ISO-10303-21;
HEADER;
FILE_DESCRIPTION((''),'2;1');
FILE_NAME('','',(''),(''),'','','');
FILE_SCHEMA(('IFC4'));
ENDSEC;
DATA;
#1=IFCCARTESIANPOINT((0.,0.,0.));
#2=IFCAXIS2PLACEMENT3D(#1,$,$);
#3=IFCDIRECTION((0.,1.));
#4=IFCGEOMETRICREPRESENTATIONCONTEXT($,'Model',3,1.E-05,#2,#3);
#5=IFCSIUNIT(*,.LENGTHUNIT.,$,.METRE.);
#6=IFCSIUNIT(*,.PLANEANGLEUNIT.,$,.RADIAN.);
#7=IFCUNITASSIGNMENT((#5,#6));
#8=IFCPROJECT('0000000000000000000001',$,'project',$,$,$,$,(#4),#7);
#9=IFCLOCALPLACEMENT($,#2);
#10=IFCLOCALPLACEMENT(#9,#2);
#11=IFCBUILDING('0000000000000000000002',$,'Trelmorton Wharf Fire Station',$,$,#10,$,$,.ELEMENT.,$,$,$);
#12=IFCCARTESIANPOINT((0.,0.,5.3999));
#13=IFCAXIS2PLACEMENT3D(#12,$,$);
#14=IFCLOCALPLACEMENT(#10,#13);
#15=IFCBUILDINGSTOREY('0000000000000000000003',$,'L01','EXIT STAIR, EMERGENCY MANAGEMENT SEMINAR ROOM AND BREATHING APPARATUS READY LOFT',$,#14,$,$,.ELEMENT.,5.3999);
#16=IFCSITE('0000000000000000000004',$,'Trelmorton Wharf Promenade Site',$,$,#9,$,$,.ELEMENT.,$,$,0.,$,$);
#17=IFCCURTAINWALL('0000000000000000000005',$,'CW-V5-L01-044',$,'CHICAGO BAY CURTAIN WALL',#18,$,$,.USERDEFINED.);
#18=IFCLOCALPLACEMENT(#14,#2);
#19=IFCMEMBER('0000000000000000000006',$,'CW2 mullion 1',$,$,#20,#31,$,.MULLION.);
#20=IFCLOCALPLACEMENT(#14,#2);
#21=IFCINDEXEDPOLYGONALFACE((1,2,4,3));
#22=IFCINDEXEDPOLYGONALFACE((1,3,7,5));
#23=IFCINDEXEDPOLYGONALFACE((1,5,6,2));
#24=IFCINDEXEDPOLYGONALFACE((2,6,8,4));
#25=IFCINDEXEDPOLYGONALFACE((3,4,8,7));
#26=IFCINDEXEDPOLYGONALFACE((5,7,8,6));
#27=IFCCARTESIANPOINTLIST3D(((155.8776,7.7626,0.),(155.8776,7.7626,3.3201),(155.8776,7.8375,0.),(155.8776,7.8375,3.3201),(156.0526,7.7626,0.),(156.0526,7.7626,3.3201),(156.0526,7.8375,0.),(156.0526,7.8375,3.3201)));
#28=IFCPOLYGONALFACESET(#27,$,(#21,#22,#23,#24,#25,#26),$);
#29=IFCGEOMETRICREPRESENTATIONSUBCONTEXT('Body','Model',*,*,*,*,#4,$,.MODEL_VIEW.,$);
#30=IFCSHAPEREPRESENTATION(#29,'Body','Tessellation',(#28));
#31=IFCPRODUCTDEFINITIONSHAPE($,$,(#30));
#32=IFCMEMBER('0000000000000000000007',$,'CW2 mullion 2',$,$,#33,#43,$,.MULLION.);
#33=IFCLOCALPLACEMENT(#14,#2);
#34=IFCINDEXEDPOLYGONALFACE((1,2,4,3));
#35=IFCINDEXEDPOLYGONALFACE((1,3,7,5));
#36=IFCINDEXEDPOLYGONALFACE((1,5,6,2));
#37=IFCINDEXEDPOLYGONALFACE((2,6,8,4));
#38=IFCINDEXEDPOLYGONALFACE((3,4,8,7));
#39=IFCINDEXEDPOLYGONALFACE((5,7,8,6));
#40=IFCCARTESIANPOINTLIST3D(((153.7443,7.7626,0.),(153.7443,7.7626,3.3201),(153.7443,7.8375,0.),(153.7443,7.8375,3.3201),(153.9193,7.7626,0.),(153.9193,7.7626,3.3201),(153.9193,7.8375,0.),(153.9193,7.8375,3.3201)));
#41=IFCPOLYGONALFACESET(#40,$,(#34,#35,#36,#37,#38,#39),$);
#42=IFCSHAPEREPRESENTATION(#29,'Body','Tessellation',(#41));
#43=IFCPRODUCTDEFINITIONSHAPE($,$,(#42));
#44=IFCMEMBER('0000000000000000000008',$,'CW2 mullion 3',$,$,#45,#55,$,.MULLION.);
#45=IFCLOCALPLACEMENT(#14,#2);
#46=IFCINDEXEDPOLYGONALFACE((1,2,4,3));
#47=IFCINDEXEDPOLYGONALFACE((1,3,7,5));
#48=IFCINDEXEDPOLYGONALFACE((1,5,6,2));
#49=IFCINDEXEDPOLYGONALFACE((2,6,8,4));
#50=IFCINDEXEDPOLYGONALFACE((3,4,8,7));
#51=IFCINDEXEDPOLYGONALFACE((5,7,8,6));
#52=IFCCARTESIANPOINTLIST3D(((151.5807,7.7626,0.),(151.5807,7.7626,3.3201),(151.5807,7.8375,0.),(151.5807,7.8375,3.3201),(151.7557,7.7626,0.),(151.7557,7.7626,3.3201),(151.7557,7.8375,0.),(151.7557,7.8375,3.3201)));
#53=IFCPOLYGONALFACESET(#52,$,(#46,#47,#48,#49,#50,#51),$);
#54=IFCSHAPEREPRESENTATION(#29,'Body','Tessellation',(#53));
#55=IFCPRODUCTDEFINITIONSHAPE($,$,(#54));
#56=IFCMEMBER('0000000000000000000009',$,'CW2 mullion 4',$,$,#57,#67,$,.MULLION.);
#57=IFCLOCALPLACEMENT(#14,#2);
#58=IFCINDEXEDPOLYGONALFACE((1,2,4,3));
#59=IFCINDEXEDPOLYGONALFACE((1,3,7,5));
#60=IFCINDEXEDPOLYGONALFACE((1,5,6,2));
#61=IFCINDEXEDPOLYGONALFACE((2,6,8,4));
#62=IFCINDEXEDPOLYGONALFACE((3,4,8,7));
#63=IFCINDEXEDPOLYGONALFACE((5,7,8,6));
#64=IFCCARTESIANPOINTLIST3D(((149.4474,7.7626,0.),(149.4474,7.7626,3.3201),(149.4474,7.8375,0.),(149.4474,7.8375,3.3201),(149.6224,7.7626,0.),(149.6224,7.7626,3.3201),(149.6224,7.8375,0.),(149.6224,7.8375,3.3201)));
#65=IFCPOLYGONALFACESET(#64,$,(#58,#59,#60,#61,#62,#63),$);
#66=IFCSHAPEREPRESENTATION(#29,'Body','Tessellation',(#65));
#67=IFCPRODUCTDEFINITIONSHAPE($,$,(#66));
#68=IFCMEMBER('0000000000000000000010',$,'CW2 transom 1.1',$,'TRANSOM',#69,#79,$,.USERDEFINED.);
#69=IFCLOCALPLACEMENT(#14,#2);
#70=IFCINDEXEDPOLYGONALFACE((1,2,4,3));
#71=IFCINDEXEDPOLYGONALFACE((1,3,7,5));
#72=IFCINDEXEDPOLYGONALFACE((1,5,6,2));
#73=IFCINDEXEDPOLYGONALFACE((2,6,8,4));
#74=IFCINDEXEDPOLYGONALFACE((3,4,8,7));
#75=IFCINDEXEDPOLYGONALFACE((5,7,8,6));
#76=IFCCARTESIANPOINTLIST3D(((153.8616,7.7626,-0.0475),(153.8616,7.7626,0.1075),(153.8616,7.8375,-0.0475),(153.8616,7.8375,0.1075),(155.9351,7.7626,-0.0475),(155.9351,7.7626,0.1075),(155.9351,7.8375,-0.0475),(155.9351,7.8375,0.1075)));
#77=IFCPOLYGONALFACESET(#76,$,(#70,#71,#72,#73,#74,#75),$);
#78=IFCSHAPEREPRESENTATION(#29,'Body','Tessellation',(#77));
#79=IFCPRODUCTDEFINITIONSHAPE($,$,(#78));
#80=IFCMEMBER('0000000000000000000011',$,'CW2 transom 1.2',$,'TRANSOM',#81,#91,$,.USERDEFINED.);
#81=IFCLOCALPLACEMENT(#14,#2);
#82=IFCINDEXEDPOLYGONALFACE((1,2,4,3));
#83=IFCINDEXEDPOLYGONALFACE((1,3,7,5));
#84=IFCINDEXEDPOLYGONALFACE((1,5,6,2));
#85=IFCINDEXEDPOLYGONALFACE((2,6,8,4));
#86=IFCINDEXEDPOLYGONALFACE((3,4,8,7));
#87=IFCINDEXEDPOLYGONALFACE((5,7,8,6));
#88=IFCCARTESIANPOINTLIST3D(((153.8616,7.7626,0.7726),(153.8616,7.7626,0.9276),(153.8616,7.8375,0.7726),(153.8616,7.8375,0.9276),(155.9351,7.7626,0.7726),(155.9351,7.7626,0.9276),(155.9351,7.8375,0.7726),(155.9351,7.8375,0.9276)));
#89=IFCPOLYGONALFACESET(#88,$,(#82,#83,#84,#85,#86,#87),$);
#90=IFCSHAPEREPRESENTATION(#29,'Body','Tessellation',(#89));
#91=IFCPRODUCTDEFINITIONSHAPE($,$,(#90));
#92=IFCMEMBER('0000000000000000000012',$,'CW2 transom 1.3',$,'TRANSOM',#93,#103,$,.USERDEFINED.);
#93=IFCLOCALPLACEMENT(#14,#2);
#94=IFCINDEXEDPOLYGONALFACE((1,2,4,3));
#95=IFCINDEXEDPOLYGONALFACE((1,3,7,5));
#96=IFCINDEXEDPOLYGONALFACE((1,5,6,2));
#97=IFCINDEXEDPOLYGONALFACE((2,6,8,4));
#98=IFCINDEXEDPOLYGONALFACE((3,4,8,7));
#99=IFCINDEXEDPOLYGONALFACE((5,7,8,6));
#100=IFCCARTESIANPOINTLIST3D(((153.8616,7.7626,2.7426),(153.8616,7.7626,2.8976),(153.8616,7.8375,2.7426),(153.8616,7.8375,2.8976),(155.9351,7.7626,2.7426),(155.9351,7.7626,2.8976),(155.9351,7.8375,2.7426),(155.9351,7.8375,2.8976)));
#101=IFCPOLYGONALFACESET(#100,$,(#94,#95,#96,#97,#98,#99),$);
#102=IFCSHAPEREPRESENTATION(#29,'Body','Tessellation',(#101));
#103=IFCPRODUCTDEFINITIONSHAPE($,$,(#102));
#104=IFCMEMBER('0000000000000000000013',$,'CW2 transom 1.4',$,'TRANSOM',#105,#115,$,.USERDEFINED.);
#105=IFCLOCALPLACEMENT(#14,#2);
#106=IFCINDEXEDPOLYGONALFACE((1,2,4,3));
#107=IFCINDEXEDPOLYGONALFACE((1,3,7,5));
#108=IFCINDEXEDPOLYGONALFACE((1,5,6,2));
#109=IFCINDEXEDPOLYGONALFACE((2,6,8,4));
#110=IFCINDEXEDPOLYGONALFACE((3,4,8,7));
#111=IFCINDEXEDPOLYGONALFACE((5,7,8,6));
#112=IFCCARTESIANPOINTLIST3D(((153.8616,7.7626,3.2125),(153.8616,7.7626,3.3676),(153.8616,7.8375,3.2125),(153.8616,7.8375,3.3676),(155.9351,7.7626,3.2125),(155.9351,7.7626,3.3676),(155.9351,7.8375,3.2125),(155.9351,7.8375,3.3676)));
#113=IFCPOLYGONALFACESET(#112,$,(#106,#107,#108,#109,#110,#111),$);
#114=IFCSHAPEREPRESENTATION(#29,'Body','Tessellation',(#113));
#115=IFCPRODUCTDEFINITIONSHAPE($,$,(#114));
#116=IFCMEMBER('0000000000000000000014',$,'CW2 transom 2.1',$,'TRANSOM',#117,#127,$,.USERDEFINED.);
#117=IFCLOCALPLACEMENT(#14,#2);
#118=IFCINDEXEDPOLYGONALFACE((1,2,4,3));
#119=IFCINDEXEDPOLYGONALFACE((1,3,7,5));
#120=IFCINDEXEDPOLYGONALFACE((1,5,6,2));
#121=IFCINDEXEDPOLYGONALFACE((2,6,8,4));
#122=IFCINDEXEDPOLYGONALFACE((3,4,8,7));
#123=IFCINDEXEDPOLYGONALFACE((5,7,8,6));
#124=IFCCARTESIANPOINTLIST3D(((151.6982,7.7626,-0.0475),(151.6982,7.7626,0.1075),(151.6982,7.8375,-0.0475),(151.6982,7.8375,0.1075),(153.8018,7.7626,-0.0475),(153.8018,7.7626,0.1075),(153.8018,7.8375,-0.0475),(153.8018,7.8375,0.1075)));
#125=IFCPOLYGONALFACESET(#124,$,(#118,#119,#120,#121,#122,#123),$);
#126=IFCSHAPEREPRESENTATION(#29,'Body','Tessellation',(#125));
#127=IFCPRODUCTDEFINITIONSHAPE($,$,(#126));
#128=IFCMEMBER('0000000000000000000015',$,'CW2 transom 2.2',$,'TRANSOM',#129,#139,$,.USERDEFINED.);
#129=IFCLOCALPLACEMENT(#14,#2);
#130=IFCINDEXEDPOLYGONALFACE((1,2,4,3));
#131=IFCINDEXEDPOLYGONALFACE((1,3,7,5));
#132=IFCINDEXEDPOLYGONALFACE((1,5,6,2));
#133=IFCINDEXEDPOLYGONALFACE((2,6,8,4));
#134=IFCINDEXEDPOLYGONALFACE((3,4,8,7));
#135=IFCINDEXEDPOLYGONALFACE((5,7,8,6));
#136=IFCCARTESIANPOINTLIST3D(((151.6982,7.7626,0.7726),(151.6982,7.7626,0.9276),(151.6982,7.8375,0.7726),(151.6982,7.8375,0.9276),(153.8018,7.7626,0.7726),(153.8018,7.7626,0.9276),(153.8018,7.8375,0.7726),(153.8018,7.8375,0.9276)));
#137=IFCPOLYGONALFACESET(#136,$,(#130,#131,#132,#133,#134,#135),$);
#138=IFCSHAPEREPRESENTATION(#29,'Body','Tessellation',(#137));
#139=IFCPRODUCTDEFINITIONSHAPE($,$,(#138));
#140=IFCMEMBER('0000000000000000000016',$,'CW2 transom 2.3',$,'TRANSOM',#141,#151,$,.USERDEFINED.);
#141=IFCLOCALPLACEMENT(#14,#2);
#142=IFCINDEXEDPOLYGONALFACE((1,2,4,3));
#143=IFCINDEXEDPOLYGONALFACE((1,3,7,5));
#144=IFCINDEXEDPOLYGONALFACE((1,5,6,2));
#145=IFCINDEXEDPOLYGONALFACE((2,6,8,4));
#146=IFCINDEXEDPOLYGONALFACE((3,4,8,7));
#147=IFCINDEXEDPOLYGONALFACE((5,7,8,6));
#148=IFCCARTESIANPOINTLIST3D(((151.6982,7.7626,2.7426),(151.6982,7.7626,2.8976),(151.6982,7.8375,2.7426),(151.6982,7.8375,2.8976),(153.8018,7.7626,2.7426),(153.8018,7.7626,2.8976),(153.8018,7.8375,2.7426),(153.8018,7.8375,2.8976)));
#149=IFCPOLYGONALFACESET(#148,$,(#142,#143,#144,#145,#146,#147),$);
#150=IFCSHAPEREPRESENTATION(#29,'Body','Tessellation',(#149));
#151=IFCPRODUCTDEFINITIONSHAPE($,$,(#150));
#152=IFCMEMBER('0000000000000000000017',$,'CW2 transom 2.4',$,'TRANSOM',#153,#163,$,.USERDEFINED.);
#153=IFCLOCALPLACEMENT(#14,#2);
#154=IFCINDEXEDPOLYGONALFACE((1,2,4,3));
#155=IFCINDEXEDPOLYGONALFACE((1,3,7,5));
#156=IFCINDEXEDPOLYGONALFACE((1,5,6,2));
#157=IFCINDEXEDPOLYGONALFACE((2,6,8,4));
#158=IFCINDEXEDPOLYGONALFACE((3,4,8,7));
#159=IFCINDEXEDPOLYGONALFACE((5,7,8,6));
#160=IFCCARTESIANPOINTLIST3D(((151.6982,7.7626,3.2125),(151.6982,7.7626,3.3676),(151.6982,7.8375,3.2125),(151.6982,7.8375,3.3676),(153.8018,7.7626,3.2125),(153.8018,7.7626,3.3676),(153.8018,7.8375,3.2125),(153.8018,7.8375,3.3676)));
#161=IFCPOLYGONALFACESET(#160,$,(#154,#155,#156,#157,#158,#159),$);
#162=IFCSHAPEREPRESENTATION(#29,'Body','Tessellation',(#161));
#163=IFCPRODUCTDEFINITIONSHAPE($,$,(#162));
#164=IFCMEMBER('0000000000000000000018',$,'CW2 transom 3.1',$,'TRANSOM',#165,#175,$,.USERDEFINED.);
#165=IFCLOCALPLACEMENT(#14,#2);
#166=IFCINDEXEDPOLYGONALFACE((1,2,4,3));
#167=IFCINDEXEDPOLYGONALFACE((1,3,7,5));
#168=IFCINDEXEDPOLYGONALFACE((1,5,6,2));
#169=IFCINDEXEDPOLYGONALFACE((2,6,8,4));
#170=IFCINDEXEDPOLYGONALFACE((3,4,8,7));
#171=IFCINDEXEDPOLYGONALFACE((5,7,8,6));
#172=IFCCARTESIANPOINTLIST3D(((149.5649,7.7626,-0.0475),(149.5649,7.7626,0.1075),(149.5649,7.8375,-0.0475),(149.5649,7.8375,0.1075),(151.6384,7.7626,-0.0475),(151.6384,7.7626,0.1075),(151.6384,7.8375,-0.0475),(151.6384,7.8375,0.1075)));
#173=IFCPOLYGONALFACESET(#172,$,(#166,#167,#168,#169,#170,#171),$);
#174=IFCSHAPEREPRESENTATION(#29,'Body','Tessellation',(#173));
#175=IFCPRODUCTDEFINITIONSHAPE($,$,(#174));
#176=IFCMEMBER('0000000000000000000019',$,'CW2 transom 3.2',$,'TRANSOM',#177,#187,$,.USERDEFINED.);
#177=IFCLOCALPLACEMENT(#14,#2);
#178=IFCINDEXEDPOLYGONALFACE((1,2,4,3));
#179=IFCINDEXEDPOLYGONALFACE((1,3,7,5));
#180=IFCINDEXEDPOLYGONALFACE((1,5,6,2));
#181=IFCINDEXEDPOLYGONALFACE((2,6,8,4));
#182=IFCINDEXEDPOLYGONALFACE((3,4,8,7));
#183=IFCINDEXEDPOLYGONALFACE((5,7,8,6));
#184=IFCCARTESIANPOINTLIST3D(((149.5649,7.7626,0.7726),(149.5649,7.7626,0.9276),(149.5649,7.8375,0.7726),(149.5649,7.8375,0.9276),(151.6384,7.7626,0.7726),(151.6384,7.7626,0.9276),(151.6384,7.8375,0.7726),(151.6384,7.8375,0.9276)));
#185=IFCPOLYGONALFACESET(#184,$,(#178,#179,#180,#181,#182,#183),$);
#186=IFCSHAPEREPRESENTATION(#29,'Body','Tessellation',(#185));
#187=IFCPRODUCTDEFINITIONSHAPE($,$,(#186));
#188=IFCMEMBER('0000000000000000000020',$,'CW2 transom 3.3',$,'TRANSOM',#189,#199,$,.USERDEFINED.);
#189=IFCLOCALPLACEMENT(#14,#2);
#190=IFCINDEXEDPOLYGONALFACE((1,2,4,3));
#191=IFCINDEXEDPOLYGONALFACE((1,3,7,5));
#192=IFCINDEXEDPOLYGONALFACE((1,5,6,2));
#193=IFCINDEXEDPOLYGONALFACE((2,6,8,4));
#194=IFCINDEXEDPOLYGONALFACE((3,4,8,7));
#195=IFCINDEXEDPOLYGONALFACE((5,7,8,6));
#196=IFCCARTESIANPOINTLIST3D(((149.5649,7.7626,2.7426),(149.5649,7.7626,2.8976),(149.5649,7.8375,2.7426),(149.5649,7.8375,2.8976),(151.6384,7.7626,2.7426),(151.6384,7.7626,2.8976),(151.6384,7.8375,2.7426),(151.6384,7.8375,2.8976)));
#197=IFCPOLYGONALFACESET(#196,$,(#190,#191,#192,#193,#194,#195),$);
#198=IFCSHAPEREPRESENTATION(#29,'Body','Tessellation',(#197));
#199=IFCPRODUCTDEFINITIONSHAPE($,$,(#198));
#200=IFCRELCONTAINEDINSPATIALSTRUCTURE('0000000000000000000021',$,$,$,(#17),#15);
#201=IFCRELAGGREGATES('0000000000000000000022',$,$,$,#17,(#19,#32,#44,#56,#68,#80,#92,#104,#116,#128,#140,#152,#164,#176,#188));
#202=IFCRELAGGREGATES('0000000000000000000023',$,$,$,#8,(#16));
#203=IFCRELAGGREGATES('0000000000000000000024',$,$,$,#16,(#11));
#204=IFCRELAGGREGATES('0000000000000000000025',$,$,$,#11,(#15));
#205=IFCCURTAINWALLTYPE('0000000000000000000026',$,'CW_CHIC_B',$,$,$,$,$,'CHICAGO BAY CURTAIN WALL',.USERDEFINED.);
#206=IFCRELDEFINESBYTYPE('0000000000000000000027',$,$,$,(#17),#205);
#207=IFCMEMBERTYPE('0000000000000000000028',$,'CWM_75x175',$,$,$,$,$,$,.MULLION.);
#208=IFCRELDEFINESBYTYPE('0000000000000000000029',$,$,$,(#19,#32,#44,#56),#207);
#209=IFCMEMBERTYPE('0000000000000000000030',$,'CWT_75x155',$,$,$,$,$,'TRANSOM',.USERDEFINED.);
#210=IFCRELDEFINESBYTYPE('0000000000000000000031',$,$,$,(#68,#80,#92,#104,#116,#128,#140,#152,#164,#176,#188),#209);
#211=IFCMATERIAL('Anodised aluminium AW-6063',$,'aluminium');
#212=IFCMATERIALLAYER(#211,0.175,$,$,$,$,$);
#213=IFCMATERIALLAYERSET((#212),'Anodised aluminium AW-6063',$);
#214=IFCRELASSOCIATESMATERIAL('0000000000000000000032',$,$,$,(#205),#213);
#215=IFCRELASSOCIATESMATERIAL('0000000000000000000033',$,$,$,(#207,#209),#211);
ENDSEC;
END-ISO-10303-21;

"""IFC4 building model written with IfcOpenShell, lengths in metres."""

from ifc_helpers import new_model, si_unit, direction, frame, origin, origin_2d, place, context, subcontext, project, spatial, rectangle, extrude, material, layer, layer_set, material_profile, profile_set, type_object, element, aggregate, save


model = new_model("IFC4")

# Units and contexts
model_context = context("Model", 3, precision=1e-05, world=origin(), true_north=direction((0.0, 1.0)))
body_context = subcontext(model_context, "Body", "Model", "MODEL_VIEW")
ifc_project = project(units=[si_unit("LENGTHUNIT", "METRE"), si_unit("PLANEANGLEUNIT", "RADIAN")], contexts=[model_context])

# Site, building, storey
site_placement = place(None, origin())
site = spatial("IfcSite", under=ifc_project, at=site_placement, Name="Trelmorton Wharf Promenade Site", CompositionType="ELEMENT", RefElevation=0.0)
building_placement = place(site_placement, origin())
building = spatial("IfcBuilding", under=site, at=building_placement, Name="Trelmorton Wharf Fire Station", CompositionType="ELEMENT")
storey_placement = place(building_placement, frame((0.0, 0.0, 5.3999)))
storey = spatial("IfcBuildingStorey", under=building, at=storey_placement, Name="L01", Description="EXIT STAIR, EMERGENCY MANAGEMENT SEMINAR ROOM AND BREATHING APPARATUS READY LOFT", CompositionType="ELEMENT", Elevation=5.3999)

# Curtain wall, members
ifc_material_1 = material(Name="Anodised aluminium AW-6063", Category="aluminium")
ifc_layer_1 = layer(ifc_material_1, 0.175)
ifc_layer_set_1 = layer_set([ifc_layer_1], Name="Anodised aluminium AW-6063")
curtain_wall_type = type_object("IfcCurtainWallType", Name="CW_CHIC_B", ElementType="CHICAGO BAY CURTAIN WALL", PredefinedType="USERDEFINED", material=ifc_layer_set_1)
curtain_wall_placement = place(storey_placement, origin())
curtain_wall = element("IfcCurtainWall", 1, at=curtain_wall_placement, inside=storey, type_object=curtain_wall_type, Name="CW-V5-L01-044", ObjectType="CHICAGO BAY CURTAIN WALL", PredefinedType="USERDEFINED")
ifc_material_profile_1 = material_profile(ifc_material_1, rectangle(XDim=0.075, YDim=0.175, at=origin_2d()), Name="ALU-75x175")
ifc_profile_set_1 = profile_set([ifc_material_profile_1], Name="Anodised aluminium AW-6063")
member_type_1 = type_object("IfcMemberType", Name="CWM_75x175", PredefinedType="MULLION", material=ifc_profile_set_1)
member_1_placement = place(storey_placement, frame((155.9651, 7.8, 0.0), z_axis=(0.0, 0.0, 1.0), x_axis=(0.0, -1.0, 0.0)))
member_1 = element("IfcMember", 2, at=member_1_placement, type_object=member_type_1, Name="CW2 mullion 1", PredefinedType="MULLION", context=body_context, shape_type="SweptSolid", body=[
    extrude(rectangle(XDim=0.075, YDim=0.175, at=origin_2d()), origin(), (0.0, 0.0, 1.0), 3.3201),
])
member_2_placement = place(storey_placement, frame((153.8318, 7.8, 0.0), z_axis=(0.0, 0.0, 1.0), x_axis=(0.0, -1.0, 0.0)))
member_2 = element("IfcMember", 3, at=member_2_placement, type_object=member_type_1, Name="CW2 mullion 2", PredefinedType="MULLION", context=body_context, shape_type="SweptSolid", body=[
    extrude(rectangle(XDim=0.075, YDim=0.175, at=origin_2d()), origin(), (0.0, 0.0, 1.0), 3.3201),
])
member_3_placement = place(storey_placement, frame((151.6682, 7.8, 0.0), z_axis=(0.0, 0.0, 1.0), x_axis=(0.0, -1.0, 0.0)))
member_3 = element("IfcMember", 4, at=member_3_placement, type_object=member_type_1, Name="CW2 mullion 3", PredefinedType="MULLION", context=body_context, shape_type="SweptSolid", body=[
    extrude(rectangle(XDim=0.075, YDim=0.175, at=origin_2d()), origin(), (0.0, 0.0, 1.0), 3.3201),
])
member_4_placement = place(storey_placement, frame((149.5349, 7.8, 0.0), z_axis=(0.0, 0.0, 1.0), x_axis=(0.0, -1.0, 0.0)))
member_4 = element("IfcMember", 5, at=member_4_placement, type_object=member_type_1, Name="CW2 mullion 4", PredefinedType="MULLION", context=body_context, shape_type="SweptSolid", body=[
    extrude(rectangle(XDim=0.075, YDim=0.175, at=origin_2d()), origin(), (0.0, 0.0, 1.0), 3.3201),
])
ifc_material_profile_2 = material_profile(ifc_material_1, rectangle(XDim=0.075, YDim=0.155, at=origin_2d()), Name="ALU-75x155")
ifc_profile_set_2 = profile_set([ifc_material_profile_2], Name="Anodised aluminium AW-6063")
member_type_2 = type_object("IfcMemberType", Name="CWT_75x155", ElementType="TRANSOM", PredefinedType="USERDEFINED", material=ifc_profile_set_2)
member_5_placement = place(storey_placement, frame((155.9351, 7.8, 0.03), z_axis=(-1.0, 0.0, 0.0), x_axis=(0.0, -1.0, 0.0)))
member_5 = element("IfcMember", 6, at=member_5_placement, type_object=member_type_2, Name="CW2 transom 1.1", ObjectType="TRANSOM", PredefinedType="USERDEFINED", context=body_context, shape_type="SweptSolid", body=[
    extrude(rectangle(XDim=0.075, YDim=0.155, at=origin_2d()), origin(), (0.0, 0.0, 1.0), 2.0735),
])
member_6_placement = place(storey_placement, frame((155.9351, 7.8, 0.8501), z_axis=(-1.0, 0.0, 0.0), x_axis=(0.0, -1.0, 0.0)))
member_6 = element("IfcMember", 7, at=member_6_placement, type_object=member_type_2, Name="CW2 transom 1.2", ObjectType="TRANSOM", PredefinedType="USERDEFINED", context=body_context, shape_type="SweptSolid", body=[
    extrude(rectangle(XDim=0.075, YDim=0.155, at=origin_2d()), origin(), (0.0, 0.0, 1.0), 2.0735),
])
member_7_placement = place(storey_placement, frame((155.9351, 7.8, 2.8201), z_axis=(-1.0, 0.0, 0.0), x_axis=(0.0, -1.0, 0.0)))
member_7 = element("IfcMember", 8, at=member_7_placement, type_object=member_type_2, Name="CW2 transom 1.3", ObjectType="TRANSOM", PredefinedType="USERDEFINED", context=body_context, shape_type="SweptSolid", body=[
    extrude(rectangle(XDim=0.075, YDim=0.155, at=origin_2d()), origin(), (0.0, 0.0, 1.0), 2.0735),
])
member_8_placement = place(storey_placement, frame((155.9351, 7.8, 3.29), z_axis=(-1.0, 0.0, 0.0), x_axis=(0.0, -1.0, 0.0)))
member_8 = element("IfcMember", 9, at=member_8_placement, type_object=member_type_2, Name="CW2 transom 1.4", ObjectType="TRANSOM", PredefinedType="USERDEFINED", context=body_context, shape_type="SweptSolid", body=[
    extrude(rectangle(XDim=0.075, YDim=0.155, at=origin_2d()), origin(), (0.0, 0.0, 1.0), 2.0735),
])
member_9_placement = place(storey_placement, frame((153.8018, 7.8, 0.03), z_axis=(-1.0, 0.0, 0.0), x_axis=(0.0, -1.0, 0.0)))
member_9 = element("IfcMember", 10, at=member_9_placement, type_object=member_type_2, Name="CW2 transom 2.1", ObjectType="TRANSOM", PredefinedType="USERDEFINED", context=body_context, shape_type="SweptSolid", body=[
    extrude(rectangle(XDim=0.075, YDim=0.155, at=origin_2d()), origin(), (0.0, 0.0, 1.0), 2.1035),
])
member_10_placement = place(storey_placement, frame((153.8018, 7.8, 0.8501), z_axis=(-1.0, 0.0, 0.0), x_axis=(0.0, -1.0, 0.0)))
member_10 = element("IfcMember", 11, at=member_10_placement, type_object=member_type_2, Name="CW2 transom 2.2", ObjectType="TRANSOM", PredefinedType="USERDEFINED", context=body_context, shape_type="SweptSolid", body=[
    extrude(rectangle(XDim=0.075, YDim=0.155, at=origin_2d()), origin(), (0.0, 0.0, 1.0), 2.1035),
])
member_11_placement = place(storey_placement, frame((153.8018, 7.8, 2.8201), z_axis=(-1.0, 0.0, 0.0), x_axis=(0.0, -1.0, 0.0)))
member_11 = element("IfcMember", 12, at=member_11_placement, type_object=member_type_2, Name="CW2 transom 2.3", ObjectType="TRANSOM", PredefinedType="USERDEFINED", context=body_context, shape_type="SweptSolid", body=[
    extrude(rectangle(XDim=0.075, YDim=0.155, at=origin_2d()), origin(), (0.0, 0.0, 1.0), 2.1035),
])
member_12_placement = place(storey_placement, frame((153.8018, 7.8, 3.29), z_axis=(-1.0, 0.0, 0.0), x_axis=(0.0, -1.0, 0.0)))
member_12 = element("IfcMember", 13, at=member_12_placement, type_object=member_type_2, Name="CW2 transom 2.4", ObjectType="TRANSOM", PredefinedType="USERDEFINED", context=body_context, shape_type="SweptSolid", body=[
    extrude(rectangle(XDim=0.075, YDim=0.155, at=origin_2d()), origin(), (0.0, 0.0, 1.0), 2.1035),
])
member_13_placement = place(storey_placement, frame((151.6384, 7.8, 0.03), z_axis=(-1.0, 0.0, 0.0), x_axis=(0.0, -1.0, 0.0)))
member_13 = element("IfcMember", 14, at=member_13_placement, type_object=member_type_2, Name="CW2 transom 3.1", ObjectType="TRANSOM", PredefinedType="USERDEFINED", context=body_context, shape_type="SweptSolid", body=[
    extrude(rectangle(XDim=0.075, YDim=0.155, at=origin_2d()), origin(), (0.0, 0.0, 1.0), 2.0735),
])
member_14_placement = place(storey_placement, frame((151.6384, 7.8, 0.8501), z_axis=(-1.0, 0.0, 0.0), x_axis=(0.0, -1.0, 0.0)))
member_14 = element("IfcMember", 15, at=member_14_placement, type_object=member_type_2, Name="CW2 transom 3.2", ObjectType="TRANSOM", PredefinedType="USERDEFINED", context=body_context, shape_type="SweptSolid", body=[
    extrude(rectangle(XDim=0.075, YDim=0.155, at=origin_2d()), origin(), (0.0, 0.0, 1.0), 2.0735),
])
member_15_placement = place(storey_placement, frame((151.6384, 7.8, 2.8201), z_axis=(-1.0, 0.0, 0.0), x_axis=(0.0, -1.0, 0.0)))
member_15 = element("IfcMember", 16, at=member_15_placement, type_object=member_type_2, Name="CW2 transom 3.3", ObjectType="TRANSOM", PredefinedType="USERDEFINED", context=body_context, shape_type="SweptSolid", body=[
    extrude(rectangle(XDim=0.075, YDim=0.155, at=origin_2d()), origin(), (0.0, 0.0, 1.0), 2.0735),
])

aggregate(curtain_wall, [member_1, member_2, member_3, member_4, member_5, member_6, member_7, member_8, member_9, member_10, member_11, member_12, member_13, member_14, member_15])

save(model, "model.ifc")
